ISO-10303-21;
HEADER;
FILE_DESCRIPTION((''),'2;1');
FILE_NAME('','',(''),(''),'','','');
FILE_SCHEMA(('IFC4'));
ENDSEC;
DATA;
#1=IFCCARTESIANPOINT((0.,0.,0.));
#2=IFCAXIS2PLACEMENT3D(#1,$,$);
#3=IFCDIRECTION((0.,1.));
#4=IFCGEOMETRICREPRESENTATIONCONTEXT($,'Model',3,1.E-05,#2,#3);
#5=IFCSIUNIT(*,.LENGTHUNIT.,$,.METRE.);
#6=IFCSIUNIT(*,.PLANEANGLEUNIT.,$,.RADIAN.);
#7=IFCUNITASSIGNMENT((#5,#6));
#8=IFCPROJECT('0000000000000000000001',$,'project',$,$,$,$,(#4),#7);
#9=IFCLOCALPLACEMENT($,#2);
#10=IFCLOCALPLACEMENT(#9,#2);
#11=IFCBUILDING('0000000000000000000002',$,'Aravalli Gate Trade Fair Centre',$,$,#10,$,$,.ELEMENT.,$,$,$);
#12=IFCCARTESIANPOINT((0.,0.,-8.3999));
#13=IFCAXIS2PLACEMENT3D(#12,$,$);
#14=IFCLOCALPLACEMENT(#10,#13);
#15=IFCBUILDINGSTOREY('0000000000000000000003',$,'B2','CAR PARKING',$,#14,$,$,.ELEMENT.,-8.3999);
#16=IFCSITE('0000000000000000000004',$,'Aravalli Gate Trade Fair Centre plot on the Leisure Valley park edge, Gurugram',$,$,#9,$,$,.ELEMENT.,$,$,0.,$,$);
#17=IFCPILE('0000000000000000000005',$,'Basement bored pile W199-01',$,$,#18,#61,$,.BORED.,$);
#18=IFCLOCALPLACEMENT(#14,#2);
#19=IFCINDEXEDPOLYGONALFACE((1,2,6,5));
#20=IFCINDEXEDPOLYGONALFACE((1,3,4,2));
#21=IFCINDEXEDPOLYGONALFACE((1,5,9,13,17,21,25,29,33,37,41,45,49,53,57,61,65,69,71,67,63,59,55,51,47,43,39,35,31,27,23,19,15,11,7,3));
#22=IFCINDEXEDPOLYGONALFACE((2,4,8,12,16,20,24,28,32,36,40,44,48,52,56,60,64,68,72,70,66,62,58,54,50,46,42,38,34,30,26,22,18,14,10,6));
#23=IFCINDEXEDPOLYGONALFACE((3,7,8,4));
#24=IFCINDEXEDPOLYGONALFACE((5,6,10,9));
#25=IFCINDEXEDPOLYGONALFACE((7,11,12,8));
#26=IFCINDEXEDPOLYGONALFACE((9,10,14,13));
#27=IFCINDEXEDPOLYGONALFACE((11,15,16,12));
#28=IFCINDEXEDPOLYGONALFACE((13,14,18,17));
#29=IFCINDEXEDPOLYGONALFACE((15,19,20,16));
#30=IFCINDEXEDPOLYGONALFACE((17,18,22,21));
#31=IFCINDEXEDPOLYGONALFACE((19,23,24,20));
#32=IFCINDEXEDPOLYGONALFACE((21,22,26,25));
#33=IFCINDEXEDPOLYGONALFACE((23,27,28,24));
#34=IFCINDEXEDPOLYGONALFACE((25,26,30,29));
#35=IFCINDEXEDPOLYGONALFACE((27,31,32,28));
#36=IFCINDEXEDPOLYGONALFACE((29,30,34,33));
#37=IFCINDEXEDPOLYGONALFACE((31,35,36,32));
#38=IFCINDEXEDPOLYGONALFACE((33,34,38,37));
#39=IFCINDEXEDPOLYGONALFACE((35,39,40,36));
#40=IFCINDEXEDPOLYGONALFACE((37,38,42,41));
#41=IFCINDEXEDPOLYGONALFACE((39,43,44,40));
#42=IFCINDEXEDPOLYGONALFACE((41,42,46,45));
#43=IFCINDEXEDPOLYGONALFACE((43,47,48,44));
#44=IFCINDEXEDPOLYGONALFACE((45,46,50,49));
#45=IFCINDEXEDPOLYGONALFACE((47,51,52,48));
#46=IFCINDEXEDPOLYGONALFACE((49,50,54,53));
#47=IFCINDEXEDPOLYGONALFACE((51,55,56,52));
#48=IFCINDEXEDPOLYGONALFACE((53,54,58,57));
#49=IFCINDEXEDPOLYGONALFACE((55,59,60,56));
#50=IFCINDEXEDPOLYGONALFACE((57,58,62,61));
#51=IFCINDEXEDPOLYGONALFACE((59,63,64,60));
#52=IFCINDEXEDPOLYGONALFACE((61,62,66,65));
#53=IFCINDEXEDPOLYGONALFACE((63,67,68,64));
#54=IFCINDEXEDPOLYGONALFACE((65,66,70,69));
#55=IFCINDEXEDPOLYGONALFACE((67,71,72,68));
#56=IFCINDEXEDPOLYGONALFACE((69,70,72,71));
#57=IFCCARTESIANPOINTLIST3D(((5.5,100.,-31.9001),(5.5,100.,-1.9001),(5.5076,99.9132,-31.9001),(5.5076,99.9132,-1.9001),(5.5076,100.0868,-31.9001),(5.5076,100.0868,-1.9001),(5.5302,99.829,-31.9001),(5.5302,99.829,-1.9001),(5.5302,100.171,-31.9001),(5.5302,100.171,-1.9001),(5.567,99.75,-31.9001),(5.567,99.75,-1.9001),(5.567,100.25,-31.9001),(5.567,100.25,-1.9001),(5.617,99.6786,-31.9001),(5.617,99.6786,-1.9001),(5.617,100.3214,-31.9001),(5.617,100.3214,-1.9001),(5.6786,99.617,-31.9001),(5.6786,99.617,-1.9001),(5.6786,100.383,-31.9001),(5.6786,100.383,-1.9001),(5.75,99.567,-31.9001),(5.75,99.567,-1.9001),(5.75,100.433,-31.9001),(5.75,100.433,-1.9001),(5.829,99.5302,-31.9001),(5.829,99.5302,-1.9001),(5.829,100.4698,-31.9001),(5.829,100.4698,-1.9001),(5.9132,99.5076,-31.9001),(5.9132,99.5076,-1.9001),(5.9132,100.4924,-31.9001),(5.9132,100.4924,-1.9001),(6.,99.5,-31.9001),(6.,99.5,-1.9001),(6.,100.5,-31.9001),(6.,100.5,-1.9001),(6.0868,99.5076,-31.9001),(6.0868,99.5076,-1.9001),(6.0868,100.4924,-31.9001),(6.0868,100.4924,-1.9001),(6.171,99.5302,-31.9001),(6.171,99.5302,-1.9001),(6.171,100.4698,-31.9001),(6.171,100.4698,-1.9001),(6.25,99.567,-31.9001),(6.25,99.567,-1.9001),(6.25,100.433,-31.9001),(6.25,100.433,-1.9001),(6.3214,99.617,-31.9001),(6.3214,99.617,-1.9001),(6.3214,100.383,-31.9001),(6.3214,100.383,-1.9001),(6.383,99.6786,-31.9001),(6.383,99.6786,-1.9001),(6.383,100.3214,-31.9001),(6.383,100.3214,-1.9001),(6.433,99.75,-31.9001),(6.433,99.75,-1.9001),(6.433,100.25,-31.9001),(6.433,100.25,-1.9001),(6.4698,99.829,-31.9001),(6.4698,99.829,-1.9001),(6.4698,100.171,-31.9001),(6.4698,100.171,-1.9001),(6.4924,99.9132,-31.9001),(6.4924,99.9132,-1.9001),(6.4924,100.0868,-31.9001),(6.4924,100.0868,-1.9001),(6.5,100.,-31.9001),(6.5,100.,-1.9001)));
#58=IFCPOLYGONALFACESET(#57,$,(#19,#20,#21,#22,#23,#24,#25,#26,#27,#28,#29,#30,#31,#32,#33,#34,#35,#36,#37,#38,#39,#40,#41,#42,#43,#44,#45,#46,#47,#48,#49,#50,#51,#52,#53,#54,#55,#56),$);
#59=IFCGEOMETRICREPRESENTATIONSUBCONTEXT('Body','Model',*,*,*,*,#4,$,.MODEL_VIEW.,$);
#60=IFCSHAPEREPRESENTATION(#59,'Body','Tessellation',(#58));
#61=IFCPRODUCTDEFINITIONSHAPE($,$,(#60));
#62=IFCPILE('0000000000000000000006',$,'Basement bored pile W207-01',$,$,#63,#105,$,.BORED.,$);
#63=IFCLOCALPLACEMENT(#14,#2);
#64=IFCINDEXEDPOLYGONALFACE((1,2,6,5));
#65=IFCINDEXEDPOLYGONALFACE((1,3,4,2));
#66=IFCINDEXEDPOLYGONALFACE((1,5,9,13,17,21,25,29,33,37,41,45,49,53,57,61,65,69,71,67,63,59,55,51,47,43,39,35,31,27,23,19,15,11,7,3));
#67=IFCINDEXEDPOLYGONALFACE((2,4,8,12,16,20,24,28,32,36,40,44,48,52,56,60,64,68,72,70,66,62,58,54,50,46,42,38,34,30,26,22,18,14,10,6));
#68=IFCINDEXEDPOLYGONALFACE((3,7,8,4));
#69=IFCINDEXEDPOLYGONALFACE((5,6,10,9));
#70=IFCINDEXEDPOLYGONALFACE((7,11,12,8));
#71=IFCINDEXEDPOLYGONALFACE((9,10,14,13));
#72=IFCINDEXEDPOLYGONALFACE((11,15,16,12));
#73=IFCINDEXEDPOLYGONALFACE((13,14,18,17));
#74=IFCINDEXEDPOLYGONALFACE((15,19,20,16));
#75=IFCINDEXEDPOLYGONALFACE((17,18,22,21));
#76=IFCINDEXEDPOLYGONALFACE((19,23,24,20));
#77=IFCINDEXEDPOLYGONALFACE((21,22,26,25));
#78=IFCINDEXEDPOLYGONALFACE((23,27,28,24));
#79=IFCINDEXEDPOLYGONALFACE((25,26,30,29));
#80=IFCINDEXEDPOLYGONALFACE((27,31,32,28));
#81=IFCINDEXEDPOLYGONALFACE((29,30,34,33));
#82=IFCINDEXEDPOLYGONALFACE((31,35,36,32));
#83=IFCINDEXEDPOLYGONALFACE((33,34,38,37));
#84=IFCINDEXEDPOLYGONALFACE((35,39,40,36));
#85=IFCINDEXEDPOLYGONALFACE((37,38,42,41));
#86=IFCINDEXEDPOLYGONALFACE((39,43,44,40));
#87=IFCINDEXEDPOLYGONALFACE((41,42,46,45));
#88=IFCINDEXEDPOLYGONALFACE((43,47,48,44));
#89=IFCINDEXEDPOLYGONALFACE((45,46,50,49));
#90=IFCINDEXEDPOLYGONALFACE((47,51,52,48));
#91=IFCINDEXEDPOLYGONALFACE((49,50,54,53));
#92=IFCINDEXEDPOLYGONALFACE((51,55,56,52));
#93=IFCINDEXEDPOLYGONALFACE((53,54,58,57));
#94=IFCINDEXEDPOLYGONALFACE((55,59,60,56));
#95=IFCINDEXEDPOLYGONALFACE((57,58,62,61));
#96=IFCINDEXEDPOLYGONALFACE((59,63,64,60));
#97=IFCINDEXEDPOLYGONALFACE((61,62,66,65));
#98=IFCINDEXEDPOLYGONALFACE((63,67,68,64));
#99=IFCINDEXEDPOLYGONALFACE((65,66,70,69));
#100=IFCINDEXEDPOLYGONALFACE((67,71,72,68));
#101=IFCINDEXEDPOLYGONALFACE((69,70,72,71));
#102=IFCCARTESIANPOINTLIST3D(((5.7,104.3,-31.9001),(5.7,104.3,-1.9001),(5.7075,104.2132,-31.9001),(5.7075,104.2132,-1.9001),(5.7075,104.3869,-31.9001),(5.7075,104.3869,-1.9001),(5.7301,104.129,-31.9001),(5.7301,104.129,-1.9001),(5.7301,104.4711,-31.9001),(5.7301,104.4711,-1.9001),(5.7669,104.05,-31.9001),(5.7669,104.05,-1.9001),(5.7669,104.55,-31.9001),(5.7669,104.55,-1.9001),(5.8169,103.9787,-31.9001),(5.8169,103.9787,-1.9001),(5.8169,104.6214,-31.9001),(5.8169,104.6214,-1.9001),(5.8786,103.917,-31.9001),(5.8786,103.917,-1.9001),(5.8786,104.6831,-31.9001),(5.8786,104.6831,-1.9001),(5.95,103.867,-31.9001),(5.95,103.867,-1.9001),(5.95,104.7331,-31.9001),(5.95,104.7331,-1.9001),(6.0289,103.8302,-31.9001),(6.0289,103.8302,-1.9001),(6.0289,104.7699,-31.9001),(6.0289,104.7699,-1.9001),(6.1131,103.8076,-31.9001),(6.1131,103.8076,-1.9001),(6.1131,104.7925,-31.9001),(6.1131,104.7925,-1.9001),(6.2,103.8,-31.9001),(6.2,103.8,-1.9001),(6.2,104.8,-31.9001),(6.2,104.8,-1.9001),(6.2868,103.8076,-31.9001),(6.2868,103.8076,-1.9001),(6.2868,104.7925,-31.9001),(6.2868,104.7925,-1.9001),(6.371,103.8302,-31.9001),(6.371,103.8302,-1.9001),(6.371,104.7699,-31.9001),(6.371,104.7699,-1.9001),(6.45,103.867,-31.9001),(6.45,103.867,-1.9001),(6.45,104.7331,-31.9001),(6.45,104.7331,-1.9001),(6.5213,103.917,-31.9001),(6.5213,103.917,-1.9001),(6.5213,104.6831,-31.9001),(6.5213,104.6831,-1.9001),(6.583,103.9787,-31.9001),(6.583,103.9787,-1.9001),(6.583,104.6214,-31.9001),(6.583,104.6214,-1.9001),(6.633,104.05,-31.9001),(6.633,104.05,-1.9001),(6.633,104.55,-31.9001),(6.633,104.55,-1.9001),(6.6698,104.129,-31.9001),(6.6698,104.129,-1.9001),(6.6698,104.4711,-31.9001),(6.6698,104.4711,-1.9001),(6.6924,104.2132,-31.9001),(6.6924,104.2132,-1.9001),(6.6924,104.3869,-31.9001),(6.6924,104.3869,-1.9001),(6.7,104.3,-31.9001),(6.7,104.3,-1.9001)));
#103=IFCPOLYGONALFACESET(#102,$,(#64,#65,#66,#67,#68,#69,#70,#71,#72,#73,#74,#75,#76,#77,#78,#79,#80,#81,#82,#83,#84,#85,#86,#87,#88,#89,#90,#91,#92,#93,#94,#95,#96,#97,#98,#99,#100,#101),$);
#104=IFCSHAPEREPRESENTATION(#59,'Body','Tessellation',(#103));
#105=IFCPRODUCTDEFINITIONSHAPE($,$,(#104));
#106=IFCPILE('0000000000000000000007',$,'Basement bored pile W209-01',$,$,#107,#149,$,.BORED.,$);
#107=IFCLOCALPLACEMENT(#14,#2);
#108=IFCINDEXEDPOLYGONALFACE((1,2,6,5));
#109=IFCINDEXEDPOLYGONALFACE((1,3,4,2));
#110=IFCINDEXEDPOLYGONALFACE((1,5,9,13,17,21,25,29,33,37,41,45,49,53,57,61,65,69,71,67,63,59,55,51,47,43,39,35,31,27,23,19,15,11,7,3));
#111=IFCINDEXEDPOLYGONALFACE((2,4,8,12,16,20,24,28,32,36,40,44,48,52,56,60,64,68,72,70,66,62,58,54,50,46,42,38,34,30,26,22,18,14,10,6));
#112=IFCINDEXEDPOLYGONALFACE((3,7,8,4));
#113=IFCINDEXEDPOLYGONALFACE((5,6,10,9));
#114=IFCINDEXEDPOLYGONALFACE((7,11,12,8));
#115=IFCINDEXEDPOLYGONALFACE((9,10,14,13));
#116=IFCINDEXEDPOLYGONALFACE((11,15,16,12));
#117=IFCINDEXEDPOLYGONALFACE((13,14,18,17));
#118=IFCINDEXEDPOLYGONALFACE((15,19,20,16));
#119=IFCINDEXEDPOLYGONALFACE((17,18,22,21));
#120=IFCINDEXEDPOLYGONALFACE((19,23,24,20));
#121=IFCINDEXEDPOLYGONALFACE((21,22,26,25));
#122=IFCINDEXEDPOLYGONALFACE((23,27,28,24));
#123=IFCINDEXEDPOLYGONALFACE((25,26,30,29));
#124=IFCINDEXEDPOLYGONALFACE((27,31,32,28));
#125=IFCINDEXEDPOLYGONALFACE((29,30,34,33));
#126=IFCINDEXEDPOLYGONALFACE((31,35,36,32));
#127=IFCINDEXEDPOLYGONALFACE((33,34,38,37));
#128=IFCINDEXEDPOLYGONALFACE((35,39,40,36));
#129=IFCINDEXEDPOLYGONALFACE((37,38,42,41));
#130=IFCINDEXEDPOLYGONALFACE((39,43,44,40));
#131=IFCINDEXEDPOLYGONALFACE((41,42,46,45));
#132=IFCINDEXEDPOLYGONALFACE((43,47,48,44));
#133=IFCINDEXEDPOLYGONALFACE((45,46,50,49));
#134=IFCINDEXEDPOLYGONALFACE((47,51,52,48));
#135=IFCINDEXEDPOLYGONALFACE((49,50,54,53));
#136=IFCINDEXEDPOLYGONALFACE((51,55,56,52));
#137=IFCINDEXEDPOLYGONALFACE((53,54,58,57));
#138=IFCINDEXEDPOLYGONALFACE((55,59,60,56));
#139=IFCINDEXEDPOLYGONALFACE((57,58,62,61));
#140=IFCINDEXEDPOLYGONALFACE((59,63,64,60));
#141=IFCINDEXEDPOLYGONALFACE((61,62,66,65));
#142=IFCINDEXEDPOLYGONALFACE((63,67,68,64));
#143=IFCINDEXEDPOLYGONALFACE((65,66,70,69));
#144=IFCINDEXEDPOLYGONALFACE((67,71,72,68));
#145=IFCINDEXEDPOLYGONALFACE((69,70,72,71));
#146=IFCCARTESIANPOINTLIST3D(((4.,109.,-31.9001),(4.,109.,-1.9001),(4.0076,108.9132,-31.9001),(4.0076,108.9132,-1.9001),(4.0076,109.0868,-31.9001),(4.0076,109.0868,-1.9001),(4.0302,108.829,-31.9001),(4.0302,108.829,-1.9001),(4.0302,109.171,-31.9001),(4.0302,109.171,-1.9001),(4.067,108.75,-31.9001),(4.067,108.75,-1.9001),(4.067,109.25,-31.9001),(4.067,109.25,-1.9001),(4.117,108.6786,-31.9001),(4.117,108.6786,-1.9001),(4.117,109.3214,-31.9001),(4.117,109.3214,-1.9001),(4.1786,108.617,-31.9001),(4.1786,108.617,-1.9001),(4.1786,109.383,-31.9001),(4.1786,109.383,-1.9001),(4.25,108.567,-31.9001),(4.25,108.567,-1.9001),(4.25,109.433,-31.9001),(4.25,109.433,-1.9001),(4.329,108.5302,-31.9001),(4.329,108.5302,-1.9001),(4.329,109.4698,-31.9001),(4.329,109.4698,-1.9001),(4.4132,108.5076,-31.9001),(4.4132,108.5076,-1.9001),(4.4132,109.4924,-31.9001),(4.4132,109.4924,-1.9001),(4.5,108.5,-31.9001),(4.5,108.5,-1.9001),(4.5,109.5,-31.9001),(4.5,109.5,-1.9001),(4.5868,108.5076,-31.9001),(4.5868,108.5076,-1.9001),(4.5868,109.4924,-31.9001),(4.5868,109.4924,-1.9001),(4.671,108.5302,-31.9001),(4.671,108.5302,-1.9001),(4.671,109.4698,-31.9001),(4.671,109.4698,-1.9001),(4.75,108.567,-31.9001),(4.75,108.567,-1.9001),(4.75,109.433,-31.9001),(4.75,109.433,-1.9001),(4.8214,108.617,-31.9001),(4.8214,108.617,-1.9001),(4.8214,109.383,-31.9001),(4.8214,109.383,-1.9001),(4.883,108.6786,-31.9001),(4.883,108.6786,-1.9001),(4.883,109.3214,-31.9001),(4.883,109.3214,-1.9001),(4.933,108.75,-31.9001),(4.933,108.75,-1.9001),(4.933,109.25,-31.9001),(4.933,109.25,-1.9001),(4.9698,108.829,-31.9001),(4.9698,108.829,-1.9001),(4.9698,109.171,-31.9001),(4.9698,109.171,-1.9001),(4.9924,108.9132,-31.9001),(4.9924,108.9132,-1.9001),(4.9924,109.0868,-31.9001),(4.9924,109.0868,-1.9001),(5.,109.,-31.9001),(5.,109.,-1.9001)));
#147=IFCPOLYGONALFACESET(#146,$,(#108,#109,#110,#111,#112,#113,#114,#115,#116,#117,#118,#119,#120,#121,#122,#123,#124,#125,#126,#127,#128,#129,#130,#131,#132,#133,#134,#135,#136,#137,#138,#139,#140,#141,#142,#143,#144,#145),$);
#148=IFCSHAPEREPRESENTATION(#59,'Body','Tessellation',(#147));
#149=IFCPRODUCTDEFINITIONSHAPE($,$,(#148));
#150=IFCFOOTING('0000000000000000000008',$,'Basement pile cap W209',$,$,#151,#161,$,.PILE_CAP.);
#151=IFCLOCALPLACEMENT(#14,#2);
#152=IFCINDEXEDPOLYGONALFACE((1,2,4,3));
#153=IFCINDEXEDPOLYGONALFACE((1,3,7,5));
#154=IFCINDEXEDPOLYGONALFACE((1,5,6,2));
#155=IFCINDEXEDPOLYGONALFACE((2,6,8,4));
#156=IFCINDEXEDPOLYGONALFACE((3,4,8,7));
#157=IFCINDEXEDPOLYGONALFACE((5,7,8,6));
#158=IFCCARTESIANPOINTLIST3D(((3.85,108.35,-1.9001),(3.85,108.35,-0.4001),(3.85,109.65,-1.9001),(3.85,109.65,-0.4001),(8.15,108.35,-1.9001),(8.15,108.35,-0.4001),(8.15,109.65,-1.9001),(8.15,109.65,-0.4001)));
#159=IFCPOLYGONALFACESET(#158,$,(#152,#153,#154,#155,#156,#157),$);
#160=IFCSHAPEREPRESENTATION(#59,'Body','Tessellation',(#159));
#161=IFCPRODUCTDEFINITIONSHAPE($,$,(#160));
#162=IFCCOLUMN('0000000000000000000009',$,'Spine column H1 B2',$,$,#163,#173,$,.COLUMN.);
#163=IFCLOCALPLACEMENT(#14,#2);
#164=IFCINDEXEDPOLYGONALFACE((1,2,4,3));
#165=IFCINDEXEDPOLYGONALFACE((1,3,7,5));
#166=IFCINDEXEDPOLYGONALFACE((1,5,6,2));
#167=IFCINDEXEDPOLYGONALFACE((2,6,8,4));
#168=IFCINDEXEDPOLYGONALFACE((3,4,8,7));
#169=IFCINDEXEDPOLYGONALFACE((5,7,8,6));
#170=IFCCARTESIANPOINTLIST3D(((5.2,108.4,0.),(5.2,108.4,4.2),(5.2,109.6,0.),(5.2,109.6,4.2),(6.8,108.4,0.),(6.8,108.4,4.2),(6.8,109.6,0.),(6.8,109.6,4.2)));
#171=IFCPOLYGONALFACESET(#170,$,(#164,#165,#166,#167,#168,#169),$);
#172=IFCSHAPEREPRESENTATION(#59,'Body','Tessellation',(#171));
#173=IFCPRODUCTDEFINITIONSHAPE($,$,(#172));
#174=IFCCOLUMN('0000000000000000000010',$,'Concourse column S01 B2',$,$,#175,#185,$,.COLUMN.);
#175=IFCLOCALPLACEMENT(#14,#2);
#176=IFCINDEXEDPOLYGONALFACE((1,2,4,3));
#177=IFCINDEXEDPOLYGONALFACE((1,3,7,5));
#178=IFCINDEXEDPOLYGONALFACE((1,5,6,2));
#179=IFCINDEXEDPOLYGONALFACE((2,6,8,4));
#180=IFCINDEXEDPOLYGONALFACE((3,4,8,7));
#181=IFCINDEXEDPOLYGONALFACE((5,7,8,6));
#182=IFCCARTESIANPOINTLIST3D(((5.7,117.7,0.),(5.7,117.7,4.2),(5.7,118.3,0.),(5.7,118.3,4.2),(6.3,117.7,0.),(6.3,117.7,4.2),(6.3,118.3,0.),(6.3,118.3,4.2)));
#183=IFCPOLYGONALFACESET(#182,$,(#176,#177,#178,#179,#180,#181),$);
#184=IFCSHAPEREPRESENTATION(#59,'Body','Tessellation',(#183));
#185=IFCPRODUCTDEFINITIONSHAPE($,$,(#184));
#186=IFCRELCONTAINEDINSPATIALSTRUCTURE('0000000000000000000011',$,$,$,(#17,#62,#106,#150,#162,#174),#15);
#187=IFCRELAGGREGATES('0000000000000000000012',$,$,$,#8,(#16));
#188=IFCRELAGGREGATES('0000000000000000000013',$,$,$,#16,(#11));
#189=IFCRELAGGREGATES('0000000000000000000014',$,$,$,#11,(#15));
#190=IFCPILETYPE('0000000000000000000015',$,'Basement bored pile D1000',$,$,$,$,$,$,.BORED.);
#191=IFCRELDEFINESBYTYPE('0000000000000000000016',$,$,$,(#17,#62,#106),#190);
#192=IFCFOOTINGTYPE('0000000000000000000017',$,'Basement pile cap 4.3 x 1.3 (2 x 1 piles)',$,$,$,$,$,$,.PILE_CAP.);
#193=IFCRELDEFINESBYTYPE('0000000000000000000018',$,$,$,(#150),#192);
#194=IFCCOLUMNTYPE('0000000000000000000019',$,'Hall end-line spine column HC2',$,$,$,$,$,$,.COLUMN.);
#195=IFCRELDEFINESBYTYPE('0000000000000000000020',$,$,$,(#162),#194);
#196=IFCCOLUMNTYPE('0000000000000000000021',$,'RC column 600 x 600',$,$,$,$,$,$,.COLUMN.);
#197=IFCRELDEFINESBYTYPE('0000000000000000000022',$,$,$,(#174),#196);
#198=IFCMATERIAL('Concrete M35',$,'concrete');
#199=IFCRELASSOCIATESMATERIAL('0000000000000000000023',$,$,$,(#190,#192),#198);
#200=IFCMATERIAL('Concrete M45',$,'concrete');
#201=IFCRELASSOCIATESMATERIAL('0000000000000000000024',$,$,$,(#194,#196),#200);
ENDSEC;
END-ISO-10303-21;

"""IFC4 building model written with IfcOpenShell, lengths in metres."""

from ifc_helpers import new_model, si_unit, direction, frame, origin, origin_2d, place, context, subcontext, project, spatial, rectangle, circle, extrude, material, material_profile, profile_set, type_object, element, save


model = new_model("IFC4")

# Units and contexts
model_context = context("Model", 3, precision=1e-05, world=origin(), true_north=direction((0.0, 1.0)))
body_context = subcontext(model_context, "Body", "Model", "MODEL_VIEW")
ifc_project = project(units=[si_unit("LENGTHUNIT", "METRE"), si_unit("PLANEANGLEUNIT", "RADIAN")], contexts=[model_context])

# Site, building, storey
site_placement = place(None, origin())
site = spatial("IfcSite", under=ifc_project, at=site_placement, Name="Aravalli Gate Trade Fair Centre plot on the Leisure Valley park edge, Gurugram", CompositionType="ELEMENT", RefElevation=0.0)
building_placement = place(site_placement, origin())
building = spatial("IfcBuilding", under=site, at=building_placement, Name="Aravalli Gate Trade Fair Centre", CompositionType="ELEMENT")
storey_placement = place(building_placement, frame((0.0, 0.0, -8.3999)))
storey = spatial("IfcBuildingStorey", under=building, at=storey_placement, Name="B2", Description="CAR PARKING", CompositionType="ELEMENT", Elevation=-8.3999)

# Piles
ifc_material_1 = material(Name="Concrete M35", Category="concrete")
ifc_material_profile_1 = material_profile(ifc_material_1, circle(Radius=0.5, at=origin_2d()), Name="D1000")
ifc_profile_set_1 = profile_set([ifc_material_profile_1], Name="Concrete M35")
pile_type = type_object("IfcPileType", Name="Basement bored pile D1000", PredefinedType="BORED", material=ifc_profile_set_1)
for number, where, z_axis, x_axis, name in (
    (1, (6.0, 100.0, -1.9001), (0.0, 0.0, -1.0), (1.0, 0.0, 0.0), "Basement bored pile W199-01"),
    (2, (6.2, 104.3, -1.9001), (0.0, 0.0, -1.0), (1.0, 0.0, 0.0), "Basement bored pile W207-01"),
    (3, (4.5, 109.0, -1.9001), (0.0, 0.0, -1.0), (1.0, 0.0, 0.0), "Basement bored pile W209-01"),
):
    element("IfcPile", number, at=place(storey_placement, frame(where, z_axis=z_axis, x_axis=x_axis)), inside=storey, type_object=pile_type, Name=name, PredefinedType="BORED", context=body_context, shape_type="SweptSolid", body=[
        extrude(circle(Radius=0.5, at=origin_2d()), origin(), (0.0, 0.0, 1.0), 30.0),
    ])

# Footing
footing_type = type_object("IfcFootingType", Name="Basement pile cap 4.3 x 1.3 (2 x 1 piles)", PredefinedType="PILE_CAP", material=ifc_material_1)
footing_placement = place(storey_placement, frame((6.0, 109.0, -1.9001), z_axis=(0.0, 0.0, 1.0), x_axis=(1.0, 0.0, 0.0)))
element("IfcFooting", 4, at=footing_placement, inside=storey, type_object=footing_type, Name="Basement pile cap W209", PredefinedType="PILE_CAP", context=body_context, shape_type="SweptSolid", body=[
    extrude(rectangle(XDim=4.3, YDim=1.3, at=origin_2d()), origin(), (0.0, 0.0, 1.0), 1.5),
])

# Columns
ifc_material_2 = material(Name="Concrete M45", Category="concrete")
ifc_material_profile_2 = material_profile(ifc_material_2, rectangle(XDim=1.6001, YDim=1.2, at=origin_2d()), Name="RC 1600x1200")
ifc_profile_set_2 = profile_set([ifc_material_profile_2], Name="Concrete M45")
column_type_1 = type_object("IfcColumnType", Name="Hall end-line spine column HC2", PredefinedType="COLUMN", material=ifc_profile_set_2)
column_1_placement = place(storey_placement, frame((6.0, 109.0, 0.0), z_axis=(0.0, 0.0, 1.0), x_axis=(1.0, 0.0, 0.0)))
element("IfcColumn", 5, at=column_1_placement, inside=storey, type_object=column_type_1, Name="Spine column H1 B2", PredefinedType="COLUMN", context=body_context, shape_type="SweptSolid", body=[
    extrude(rectangle(XDim=1.6001, YDim=1.2, at=origin_2d()), origin(), (0.0, 0.0, 1.0), 4.2),
])
ifc_material_profile_3 = material_profile(ifc_material_2, rectangle(XDim=0.6001, YDim=0.6001, at=origin_2d()), Name="RC column 600 x 600")
ifc_profile_set_3 = profile_set([ifc_material_profile_3], Name="Concrete M45")
column_type_2 = type_object("IfcColumnType", Name="RC column 600 x 600", PredefinedType="COLUMN", material=ifc_profile_set_3)
column_2_placement = place(storey_placement, frame((6.0, 118.0, 0.0), z_axis=(0.0, 0.0, 1.0), x_axis=(1.0, 0.0, 0.0)))
element("IfcColumn", 6, at=column_2_placement, inside=storey, type_object=column_type_2, Name="Concourse column S01 B2", PredefinedType="COLUMN", context=body_context, shape_type="SweptSolid", body=[
    extrude(rectangle(XDim=0.6001, YDim=0.6001, at=origin_2d()), origin(), (0.0, 0.0, 1.0), 4.2),
])

save(model, "model.ifc")
